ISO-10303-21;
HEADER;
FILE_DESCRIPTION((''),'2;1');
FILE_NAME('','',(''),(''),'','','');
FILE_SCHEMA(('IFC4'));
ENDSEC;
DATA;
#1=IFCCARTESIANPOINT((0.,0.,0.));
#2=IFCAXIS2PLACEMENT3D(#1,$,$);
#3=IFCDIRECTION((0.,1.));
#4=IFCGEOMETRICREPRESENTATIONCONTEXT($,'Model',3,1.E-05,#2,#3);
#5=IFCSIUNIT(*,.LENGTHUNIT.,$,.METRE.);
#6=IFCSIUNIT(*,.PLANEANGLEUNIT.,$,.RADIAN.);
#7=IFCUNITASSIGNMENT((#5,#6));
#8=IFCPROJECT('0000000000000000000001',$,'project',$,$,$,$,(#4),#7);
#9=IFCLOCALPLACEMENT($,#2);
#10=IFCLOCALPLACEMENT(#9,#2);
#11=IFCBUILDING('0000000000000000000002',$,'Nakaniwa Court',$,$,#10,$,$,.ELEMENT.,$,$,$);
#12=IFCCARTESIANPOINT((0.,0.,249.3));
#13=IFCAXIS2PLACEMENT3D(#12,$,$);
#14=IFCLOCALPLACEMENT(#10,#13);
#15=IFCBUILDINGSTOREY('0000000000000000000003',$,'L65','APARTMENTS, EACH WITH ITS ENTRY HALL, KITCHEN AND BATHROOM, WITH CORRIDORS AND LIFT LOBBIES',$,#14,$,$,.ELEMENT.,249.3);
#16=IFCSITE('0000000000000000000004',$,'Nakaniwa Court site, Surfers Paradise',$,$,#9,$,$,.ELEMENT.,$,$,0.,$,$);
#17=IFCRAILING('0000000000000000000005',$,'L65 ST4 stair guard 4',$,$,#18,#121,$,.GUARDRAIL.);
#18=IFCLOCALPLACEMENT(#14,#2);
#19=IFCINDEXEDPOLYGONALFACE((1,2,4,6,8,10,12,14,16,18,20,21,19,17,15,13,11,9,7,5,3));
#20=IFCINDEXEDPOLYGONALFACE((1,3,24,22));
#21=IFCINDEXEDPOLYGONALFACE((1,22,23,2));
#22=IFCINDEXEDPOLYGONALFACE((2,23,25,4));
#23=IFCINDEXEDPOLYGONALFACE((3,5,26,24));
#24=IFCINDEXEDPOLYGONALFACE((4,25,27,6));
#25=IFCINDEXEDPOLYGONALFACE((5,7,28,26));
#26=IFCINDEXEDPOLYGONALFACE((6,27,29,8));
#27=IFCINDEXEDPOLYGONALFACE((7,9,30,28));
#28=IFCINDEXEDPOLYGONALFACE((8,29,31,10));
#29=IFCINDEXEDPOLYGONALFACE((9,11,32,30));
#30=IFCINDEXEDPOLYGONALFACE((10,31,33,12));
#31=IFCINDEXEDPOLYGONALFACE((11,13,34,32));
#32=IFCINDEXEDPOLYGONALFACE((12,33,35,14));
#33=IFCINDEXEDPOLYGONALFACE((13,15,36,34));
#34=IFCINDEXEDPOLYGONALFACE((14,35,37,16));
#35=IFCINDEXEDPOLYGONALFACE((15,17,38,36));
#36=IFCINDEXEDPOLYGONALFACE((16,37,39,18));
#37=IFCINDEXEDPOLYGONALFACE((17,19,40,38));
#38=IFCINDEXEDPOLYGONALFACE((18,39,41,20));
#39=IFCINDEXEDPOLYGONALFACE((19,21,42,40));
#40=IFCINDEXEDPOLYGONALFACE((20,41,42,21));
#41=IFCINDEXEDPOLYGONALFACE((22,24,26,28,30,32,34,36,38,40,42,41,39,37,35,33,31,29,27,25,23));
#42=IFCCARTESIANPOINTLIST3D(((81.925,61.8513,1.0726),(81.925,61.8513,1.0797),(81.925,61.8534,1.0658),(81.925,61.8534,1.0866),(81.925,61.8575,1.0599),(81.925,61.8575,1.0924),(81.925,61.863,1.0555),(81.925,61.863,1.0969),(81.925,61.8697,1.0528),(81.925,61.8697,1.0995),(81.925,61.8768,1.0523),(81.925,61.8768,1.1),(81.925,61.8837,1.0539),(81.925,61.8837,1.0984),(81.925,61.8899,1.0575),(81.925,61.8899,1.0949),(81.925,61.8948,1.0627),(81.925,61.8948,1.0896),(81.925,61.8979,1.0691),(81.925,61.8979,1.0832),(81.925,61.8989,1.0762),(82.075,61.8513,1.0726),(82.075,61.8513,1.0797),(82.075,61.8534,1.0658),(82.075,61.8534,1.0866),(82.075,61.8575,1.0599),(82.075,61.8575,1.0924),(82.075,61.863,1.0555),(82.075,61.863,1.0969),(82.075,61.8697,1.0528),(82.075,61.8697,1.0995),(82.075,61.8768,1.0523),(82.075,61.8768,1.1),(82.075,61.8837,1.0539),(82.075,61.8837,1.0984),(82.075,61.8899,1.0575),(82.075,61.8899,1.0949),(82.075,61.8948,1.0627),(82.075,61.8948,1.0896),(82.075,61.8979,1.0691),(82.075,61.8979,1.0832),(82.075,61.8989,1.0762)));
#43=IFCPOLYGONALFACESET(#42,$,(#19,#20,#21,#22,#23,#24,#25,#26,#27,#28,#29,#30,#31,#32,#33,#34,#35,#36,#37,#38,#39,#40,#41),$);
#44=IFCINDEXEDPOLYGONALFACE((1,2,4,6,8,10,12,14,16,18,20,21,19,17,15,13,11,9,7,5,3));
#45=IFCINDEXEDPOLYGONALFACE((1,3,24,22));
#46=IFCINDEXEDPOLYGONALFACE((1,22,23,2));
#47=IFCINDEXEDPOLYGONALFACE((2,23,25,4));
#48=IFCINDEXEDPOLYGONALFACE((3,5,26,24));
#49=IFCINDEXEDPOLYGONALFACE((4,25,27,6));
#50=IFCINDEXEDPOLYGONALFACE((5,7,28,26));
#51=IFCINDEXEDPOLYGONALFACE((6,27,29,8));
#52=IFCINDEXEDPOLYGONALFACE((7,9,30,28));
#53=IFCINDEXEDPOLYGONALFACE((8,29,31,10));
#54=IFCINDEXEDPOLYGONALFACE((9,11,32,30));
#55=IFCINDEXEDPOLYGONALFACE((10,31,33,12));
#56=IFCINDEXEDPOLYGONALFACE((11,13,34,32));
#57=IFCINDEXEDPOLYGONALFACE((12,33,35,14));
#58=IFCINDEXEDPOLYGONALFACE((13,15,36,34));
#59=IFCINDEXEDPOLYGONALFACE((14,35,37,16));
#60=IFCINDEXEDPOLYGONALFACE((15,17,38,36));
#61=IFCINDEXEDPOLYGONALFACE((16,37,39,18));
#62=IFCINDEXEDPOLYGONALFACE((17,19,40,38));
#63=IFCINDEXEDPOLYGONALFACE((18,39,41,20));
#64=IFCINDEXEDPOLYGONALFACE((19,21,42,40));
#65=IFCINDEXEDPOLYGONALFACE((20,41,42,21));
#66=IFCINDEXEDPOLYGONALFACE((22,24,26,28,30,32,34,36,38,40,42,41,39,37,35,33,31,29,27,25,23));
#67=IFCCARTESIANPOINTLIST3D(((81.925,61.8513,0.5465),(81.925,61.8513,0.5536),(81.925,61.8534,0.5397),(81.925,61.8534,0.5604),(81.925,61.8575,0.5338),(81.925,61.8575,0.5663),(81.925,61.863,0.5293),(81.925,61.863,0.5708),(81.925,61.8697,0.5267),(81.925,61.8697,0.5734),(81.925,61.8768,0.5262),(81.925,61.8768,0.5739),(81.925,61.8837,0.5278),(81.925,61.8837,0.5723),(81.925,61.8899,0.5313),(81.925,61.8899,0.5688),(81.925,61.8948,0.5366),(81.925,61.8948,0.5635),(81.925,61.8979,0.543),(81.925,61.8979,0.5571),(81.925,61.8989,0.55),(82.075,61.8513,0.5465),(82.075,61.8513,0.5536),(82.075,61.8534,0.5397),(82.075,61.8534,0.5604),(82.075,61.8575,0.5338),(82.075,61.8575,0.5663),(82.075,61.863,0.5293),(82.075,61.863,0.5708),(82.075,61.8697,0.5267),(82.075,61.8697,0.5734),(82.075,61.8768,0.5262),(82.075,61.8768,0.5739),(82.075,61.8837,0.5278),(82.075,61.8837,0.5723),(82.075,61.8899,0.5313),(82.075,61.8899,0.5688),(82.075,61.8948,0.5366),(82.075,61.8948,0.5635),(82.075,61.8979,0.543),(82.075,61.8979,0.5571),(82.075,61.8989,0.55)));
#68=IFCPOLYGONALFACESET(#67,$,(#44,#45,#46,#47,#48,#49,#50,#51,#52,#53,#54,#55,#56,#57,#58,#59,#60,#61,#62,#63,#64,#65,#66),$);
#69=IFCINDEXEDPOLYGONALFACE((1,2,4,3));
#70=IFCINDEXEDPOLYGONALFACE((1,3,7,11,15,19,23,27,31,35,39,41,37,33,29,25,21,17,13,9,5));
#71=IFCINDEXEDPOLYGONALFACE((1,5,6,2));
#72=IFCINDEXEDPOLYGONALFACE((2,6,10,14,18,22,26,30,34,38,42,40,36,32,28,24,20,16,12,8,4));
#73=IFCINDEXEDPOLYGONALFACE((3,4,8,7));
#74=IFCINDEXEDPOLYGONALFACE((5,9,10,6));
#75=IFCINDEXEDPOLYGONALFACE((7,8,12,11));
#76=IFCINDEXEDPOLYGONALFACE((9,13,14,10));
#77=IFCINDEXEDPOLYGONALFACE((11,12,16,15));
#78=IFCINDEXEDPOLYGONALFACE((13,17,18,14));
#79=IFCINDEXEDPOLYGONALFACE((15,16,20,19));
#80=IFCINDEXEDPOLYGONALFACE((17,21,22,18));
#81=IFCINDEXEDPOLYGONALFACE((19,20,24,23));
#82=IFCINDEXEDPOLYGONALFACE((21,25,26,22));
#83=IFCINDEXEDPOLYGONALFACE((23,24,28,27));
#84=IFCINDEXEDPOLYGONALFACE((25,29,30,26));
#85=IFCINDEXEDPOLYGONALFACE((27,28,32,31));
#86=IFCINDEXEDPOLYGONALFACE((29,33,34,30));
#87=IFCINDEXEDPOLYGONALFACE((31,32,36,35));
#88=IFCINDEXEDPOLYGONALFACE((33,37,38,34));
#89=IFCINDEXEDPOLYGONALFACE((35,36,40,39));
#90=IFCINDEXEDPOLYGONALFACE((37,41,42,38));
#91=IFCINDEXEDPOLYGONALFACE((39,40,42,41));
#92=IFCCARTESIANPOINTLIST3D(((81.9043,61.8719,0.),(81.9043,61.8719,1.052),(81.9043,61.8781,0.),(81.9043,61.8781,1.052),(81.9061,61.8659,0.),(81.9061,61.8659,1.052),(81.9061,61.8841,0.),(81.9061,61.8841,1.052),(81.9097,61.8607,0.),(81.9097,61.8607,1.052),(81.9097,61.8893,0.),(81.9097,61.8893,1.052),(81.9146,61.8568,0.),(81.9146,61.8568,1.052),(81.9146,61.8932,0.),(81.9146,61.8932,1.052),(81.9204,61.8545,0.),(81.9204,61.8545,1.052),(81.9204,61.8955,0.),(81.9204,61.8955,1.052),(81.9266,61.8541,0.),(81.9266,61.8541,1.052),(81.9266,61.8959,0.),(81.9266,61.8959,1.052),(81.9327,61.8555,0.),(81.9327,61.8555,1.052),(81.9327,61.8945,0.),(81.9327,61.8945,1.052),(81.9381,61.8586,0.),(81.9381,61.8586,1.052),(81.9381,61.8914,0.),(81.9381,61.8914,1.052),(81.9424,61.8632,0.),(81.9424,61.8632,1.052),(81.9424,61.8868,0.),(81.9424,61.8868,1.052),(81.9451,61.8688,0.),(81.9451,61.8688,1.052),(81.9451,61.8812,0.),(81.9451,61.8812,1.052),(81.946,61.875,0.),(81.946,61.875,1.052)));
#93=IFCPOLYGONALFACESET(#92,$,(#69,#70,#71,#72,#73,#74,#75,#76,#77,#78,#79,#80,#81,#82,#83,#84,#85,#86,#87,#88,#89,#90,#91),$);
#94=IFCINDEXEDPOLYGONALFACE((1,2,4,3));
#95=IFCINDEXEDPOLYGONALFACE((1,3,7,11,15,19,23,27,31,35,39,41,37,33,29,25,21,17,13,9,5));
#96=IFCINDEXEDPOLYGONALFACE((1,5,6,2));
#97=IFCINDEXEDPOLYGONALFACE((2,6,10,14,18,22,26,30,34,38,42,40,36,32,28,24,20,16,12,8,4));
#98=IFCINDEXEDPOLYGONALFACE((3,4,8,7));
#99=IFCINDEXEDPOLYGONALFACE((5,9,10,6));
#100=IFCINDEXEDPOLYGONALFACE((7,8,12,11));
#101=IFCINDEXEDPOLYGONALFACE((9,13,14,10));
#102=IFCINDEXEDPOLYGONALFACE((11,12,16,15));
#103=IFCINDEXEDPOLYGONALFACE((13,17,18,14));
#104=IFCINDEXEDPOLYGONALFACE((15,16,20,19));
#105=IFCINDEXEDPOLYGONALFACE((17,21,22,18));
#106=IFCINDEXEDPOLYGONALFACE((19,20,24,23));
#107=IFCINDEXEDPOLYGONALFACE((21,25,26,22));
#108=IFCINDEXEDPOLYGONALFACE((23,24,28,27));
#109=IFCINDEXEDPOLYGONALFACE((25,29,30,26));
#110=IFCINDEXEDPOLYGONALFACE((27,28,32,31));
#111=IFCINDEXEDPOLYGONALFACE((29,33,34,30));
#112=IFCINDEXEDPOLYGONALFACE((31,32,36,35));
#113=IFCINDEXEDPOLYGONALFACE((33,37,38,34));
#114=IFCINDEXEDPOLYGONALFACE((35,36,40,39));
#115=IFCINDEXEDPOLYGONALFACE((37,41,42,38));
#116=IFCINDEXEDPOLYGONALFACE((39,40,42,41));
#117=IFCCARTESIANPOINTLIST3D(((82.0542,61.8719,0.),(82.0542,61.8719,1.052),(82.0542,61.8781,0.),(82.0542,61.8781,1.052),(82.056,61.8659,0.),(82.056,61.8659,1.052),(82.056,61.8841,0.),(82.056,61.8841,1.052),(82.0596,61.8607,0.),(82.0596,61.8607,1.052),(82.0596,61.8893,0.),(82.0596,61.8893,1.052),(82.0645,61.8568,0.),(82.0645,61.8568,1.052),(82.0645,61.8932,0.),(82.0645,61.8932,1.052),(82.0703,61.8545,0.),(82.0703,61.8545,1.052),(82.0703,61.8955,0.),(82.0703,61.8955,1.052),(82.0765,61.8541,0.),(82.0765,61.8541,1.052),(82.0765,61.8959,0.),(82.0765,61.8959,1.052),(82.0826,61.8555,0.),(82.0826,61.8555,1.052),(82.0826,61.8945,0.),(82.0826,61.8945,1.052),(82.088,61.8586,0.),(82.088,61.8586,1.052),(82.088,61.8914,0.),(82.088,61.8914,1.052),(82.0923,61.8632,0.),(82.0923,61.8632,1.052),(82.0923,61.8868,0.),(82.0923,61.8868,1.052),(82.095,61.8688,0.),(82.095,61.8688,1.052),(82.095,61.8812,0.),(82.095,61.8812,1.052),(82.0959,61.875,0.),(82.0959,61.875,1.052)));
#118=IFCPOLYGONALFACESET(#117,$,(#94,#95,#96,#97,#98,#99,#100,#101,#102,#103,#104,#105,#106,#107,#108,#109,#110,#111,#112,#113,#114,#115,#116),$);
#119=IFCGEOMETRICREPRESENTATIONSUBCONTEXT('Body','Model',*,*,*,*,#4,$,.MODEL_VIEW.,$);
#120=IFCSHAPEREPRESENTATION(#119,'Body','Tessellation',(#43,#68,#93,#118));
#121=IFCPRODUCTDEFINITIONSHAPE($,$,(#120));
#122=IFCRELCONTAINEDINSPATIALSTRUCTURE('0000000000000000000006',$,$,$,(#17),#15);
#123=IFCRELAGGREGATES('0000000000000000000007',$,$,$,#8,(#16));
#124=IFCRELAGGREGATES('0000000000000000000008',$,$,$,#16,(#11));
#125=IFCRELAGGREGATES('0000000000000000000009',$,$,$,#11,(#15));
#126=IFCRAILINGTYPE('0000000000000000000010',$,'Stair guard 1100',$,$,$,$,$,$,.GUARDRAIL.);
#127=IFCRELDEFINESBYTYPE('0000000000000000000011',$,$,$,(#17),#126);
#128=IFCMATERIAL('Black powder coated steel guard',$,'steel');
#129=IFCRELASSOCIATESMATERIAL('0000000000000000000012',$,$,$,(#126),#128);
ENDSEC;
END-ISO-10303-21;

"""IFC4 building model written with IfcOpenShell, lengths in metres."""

from ifc_helpers import new_model, si_unit, direction, frame, origin, origin_2d, place, context, subcontext, project, spatial, circle, extrude, material, type_object, element, save


model = new_model("IFC4")

# Units and contexts
model_context = context("Model", 3, precision=1e-05, world=origin(), true_north=direction((0.0, 1.0)))
body_context = subcontext(model_context, "Body", "Model", "MODEL_VIEW")
ifc_project = project(units=[si_unit("LENGTHUNIT", "METRE"), si_unit("PLANEANGLEUNIT", "RADIAN")], contexts=[model_context])

# Site, building, storey
site_placement = place(None, origin())
site = spatial("IfcSite", under=ifc_project, at=site_placement, Name="Nakaniwa Court site, Surfers Paradise", CompositionType="ELEMENT", RefElevation=0.0)
building_placement = place(site_placement, origin())
building = spatial("IfcBuilding", under=site, at=building_placement, Name="Nakaniwa Court", CompositionType="ELEMENT")
storey_placement = place(building_placement, frame((0.0, 0.0, 249.3)))
storey = spatial("IfcBuildingStorey", under=building, at=storey_placement, Name="L65", Description="APARTMENTS, EACH WITH ITS ENTRY HALL, KITCHEN AND BATHROOM, WITH CORRIDORS AND LIFT LOBBIES", CompositionType="ELEMENT", Elevation=249.3)

# Railing
ifc_material_1 = material(Name="Black powder coated steel guard", Category="steel")
railing_type_1 = type_object("IfcRailingType", Name="Stair guard 1100", PredefinedType="GUARDRAIL", material=ifc_material_1)
railing_1_placement = place(storey_placement, frame((81.925, 61.875, 0.0)))
element("IfcRailing", 1, at=railing_1_placement, inside=storey, type_object=railing_type_1, Name="L65 ST4 stair guard 4", PredefinedType="GUARDRAIL", context=body_context, shape_type="SweptSolid", body=[
    extrude(circle(Radius=0.0239, at=origin_2d()), frame((0.0, 0.0, 1.0762), z_axis=(1.0, 0.0, 0.0), x_axis=(0.0, 1.0, 0.0)), (0.0, 0.0, 1.0), 0.1499),
    extrude(circle(Radius=0.0239, at=origin_2d()), frame((0.0, 0.0, 0.55), z_axis=(1.0, 0.0, 0.0), x_axis=(0.0, 1.0, 0.0)), (0.0, 0.0, 1.0), 0.1499),
    extrude(circle(Radius=0.021, at=origin_2d()), origin(), (0.0, 0.0, 1.0), 1.052),
    extrude(circle(Radius=0.021, at=origin_2d()), frame((0.1499, 0.0, 0.0)), (0.0, 0.0, 1.0), 1.052),
])

save(model, "model.ifc")
